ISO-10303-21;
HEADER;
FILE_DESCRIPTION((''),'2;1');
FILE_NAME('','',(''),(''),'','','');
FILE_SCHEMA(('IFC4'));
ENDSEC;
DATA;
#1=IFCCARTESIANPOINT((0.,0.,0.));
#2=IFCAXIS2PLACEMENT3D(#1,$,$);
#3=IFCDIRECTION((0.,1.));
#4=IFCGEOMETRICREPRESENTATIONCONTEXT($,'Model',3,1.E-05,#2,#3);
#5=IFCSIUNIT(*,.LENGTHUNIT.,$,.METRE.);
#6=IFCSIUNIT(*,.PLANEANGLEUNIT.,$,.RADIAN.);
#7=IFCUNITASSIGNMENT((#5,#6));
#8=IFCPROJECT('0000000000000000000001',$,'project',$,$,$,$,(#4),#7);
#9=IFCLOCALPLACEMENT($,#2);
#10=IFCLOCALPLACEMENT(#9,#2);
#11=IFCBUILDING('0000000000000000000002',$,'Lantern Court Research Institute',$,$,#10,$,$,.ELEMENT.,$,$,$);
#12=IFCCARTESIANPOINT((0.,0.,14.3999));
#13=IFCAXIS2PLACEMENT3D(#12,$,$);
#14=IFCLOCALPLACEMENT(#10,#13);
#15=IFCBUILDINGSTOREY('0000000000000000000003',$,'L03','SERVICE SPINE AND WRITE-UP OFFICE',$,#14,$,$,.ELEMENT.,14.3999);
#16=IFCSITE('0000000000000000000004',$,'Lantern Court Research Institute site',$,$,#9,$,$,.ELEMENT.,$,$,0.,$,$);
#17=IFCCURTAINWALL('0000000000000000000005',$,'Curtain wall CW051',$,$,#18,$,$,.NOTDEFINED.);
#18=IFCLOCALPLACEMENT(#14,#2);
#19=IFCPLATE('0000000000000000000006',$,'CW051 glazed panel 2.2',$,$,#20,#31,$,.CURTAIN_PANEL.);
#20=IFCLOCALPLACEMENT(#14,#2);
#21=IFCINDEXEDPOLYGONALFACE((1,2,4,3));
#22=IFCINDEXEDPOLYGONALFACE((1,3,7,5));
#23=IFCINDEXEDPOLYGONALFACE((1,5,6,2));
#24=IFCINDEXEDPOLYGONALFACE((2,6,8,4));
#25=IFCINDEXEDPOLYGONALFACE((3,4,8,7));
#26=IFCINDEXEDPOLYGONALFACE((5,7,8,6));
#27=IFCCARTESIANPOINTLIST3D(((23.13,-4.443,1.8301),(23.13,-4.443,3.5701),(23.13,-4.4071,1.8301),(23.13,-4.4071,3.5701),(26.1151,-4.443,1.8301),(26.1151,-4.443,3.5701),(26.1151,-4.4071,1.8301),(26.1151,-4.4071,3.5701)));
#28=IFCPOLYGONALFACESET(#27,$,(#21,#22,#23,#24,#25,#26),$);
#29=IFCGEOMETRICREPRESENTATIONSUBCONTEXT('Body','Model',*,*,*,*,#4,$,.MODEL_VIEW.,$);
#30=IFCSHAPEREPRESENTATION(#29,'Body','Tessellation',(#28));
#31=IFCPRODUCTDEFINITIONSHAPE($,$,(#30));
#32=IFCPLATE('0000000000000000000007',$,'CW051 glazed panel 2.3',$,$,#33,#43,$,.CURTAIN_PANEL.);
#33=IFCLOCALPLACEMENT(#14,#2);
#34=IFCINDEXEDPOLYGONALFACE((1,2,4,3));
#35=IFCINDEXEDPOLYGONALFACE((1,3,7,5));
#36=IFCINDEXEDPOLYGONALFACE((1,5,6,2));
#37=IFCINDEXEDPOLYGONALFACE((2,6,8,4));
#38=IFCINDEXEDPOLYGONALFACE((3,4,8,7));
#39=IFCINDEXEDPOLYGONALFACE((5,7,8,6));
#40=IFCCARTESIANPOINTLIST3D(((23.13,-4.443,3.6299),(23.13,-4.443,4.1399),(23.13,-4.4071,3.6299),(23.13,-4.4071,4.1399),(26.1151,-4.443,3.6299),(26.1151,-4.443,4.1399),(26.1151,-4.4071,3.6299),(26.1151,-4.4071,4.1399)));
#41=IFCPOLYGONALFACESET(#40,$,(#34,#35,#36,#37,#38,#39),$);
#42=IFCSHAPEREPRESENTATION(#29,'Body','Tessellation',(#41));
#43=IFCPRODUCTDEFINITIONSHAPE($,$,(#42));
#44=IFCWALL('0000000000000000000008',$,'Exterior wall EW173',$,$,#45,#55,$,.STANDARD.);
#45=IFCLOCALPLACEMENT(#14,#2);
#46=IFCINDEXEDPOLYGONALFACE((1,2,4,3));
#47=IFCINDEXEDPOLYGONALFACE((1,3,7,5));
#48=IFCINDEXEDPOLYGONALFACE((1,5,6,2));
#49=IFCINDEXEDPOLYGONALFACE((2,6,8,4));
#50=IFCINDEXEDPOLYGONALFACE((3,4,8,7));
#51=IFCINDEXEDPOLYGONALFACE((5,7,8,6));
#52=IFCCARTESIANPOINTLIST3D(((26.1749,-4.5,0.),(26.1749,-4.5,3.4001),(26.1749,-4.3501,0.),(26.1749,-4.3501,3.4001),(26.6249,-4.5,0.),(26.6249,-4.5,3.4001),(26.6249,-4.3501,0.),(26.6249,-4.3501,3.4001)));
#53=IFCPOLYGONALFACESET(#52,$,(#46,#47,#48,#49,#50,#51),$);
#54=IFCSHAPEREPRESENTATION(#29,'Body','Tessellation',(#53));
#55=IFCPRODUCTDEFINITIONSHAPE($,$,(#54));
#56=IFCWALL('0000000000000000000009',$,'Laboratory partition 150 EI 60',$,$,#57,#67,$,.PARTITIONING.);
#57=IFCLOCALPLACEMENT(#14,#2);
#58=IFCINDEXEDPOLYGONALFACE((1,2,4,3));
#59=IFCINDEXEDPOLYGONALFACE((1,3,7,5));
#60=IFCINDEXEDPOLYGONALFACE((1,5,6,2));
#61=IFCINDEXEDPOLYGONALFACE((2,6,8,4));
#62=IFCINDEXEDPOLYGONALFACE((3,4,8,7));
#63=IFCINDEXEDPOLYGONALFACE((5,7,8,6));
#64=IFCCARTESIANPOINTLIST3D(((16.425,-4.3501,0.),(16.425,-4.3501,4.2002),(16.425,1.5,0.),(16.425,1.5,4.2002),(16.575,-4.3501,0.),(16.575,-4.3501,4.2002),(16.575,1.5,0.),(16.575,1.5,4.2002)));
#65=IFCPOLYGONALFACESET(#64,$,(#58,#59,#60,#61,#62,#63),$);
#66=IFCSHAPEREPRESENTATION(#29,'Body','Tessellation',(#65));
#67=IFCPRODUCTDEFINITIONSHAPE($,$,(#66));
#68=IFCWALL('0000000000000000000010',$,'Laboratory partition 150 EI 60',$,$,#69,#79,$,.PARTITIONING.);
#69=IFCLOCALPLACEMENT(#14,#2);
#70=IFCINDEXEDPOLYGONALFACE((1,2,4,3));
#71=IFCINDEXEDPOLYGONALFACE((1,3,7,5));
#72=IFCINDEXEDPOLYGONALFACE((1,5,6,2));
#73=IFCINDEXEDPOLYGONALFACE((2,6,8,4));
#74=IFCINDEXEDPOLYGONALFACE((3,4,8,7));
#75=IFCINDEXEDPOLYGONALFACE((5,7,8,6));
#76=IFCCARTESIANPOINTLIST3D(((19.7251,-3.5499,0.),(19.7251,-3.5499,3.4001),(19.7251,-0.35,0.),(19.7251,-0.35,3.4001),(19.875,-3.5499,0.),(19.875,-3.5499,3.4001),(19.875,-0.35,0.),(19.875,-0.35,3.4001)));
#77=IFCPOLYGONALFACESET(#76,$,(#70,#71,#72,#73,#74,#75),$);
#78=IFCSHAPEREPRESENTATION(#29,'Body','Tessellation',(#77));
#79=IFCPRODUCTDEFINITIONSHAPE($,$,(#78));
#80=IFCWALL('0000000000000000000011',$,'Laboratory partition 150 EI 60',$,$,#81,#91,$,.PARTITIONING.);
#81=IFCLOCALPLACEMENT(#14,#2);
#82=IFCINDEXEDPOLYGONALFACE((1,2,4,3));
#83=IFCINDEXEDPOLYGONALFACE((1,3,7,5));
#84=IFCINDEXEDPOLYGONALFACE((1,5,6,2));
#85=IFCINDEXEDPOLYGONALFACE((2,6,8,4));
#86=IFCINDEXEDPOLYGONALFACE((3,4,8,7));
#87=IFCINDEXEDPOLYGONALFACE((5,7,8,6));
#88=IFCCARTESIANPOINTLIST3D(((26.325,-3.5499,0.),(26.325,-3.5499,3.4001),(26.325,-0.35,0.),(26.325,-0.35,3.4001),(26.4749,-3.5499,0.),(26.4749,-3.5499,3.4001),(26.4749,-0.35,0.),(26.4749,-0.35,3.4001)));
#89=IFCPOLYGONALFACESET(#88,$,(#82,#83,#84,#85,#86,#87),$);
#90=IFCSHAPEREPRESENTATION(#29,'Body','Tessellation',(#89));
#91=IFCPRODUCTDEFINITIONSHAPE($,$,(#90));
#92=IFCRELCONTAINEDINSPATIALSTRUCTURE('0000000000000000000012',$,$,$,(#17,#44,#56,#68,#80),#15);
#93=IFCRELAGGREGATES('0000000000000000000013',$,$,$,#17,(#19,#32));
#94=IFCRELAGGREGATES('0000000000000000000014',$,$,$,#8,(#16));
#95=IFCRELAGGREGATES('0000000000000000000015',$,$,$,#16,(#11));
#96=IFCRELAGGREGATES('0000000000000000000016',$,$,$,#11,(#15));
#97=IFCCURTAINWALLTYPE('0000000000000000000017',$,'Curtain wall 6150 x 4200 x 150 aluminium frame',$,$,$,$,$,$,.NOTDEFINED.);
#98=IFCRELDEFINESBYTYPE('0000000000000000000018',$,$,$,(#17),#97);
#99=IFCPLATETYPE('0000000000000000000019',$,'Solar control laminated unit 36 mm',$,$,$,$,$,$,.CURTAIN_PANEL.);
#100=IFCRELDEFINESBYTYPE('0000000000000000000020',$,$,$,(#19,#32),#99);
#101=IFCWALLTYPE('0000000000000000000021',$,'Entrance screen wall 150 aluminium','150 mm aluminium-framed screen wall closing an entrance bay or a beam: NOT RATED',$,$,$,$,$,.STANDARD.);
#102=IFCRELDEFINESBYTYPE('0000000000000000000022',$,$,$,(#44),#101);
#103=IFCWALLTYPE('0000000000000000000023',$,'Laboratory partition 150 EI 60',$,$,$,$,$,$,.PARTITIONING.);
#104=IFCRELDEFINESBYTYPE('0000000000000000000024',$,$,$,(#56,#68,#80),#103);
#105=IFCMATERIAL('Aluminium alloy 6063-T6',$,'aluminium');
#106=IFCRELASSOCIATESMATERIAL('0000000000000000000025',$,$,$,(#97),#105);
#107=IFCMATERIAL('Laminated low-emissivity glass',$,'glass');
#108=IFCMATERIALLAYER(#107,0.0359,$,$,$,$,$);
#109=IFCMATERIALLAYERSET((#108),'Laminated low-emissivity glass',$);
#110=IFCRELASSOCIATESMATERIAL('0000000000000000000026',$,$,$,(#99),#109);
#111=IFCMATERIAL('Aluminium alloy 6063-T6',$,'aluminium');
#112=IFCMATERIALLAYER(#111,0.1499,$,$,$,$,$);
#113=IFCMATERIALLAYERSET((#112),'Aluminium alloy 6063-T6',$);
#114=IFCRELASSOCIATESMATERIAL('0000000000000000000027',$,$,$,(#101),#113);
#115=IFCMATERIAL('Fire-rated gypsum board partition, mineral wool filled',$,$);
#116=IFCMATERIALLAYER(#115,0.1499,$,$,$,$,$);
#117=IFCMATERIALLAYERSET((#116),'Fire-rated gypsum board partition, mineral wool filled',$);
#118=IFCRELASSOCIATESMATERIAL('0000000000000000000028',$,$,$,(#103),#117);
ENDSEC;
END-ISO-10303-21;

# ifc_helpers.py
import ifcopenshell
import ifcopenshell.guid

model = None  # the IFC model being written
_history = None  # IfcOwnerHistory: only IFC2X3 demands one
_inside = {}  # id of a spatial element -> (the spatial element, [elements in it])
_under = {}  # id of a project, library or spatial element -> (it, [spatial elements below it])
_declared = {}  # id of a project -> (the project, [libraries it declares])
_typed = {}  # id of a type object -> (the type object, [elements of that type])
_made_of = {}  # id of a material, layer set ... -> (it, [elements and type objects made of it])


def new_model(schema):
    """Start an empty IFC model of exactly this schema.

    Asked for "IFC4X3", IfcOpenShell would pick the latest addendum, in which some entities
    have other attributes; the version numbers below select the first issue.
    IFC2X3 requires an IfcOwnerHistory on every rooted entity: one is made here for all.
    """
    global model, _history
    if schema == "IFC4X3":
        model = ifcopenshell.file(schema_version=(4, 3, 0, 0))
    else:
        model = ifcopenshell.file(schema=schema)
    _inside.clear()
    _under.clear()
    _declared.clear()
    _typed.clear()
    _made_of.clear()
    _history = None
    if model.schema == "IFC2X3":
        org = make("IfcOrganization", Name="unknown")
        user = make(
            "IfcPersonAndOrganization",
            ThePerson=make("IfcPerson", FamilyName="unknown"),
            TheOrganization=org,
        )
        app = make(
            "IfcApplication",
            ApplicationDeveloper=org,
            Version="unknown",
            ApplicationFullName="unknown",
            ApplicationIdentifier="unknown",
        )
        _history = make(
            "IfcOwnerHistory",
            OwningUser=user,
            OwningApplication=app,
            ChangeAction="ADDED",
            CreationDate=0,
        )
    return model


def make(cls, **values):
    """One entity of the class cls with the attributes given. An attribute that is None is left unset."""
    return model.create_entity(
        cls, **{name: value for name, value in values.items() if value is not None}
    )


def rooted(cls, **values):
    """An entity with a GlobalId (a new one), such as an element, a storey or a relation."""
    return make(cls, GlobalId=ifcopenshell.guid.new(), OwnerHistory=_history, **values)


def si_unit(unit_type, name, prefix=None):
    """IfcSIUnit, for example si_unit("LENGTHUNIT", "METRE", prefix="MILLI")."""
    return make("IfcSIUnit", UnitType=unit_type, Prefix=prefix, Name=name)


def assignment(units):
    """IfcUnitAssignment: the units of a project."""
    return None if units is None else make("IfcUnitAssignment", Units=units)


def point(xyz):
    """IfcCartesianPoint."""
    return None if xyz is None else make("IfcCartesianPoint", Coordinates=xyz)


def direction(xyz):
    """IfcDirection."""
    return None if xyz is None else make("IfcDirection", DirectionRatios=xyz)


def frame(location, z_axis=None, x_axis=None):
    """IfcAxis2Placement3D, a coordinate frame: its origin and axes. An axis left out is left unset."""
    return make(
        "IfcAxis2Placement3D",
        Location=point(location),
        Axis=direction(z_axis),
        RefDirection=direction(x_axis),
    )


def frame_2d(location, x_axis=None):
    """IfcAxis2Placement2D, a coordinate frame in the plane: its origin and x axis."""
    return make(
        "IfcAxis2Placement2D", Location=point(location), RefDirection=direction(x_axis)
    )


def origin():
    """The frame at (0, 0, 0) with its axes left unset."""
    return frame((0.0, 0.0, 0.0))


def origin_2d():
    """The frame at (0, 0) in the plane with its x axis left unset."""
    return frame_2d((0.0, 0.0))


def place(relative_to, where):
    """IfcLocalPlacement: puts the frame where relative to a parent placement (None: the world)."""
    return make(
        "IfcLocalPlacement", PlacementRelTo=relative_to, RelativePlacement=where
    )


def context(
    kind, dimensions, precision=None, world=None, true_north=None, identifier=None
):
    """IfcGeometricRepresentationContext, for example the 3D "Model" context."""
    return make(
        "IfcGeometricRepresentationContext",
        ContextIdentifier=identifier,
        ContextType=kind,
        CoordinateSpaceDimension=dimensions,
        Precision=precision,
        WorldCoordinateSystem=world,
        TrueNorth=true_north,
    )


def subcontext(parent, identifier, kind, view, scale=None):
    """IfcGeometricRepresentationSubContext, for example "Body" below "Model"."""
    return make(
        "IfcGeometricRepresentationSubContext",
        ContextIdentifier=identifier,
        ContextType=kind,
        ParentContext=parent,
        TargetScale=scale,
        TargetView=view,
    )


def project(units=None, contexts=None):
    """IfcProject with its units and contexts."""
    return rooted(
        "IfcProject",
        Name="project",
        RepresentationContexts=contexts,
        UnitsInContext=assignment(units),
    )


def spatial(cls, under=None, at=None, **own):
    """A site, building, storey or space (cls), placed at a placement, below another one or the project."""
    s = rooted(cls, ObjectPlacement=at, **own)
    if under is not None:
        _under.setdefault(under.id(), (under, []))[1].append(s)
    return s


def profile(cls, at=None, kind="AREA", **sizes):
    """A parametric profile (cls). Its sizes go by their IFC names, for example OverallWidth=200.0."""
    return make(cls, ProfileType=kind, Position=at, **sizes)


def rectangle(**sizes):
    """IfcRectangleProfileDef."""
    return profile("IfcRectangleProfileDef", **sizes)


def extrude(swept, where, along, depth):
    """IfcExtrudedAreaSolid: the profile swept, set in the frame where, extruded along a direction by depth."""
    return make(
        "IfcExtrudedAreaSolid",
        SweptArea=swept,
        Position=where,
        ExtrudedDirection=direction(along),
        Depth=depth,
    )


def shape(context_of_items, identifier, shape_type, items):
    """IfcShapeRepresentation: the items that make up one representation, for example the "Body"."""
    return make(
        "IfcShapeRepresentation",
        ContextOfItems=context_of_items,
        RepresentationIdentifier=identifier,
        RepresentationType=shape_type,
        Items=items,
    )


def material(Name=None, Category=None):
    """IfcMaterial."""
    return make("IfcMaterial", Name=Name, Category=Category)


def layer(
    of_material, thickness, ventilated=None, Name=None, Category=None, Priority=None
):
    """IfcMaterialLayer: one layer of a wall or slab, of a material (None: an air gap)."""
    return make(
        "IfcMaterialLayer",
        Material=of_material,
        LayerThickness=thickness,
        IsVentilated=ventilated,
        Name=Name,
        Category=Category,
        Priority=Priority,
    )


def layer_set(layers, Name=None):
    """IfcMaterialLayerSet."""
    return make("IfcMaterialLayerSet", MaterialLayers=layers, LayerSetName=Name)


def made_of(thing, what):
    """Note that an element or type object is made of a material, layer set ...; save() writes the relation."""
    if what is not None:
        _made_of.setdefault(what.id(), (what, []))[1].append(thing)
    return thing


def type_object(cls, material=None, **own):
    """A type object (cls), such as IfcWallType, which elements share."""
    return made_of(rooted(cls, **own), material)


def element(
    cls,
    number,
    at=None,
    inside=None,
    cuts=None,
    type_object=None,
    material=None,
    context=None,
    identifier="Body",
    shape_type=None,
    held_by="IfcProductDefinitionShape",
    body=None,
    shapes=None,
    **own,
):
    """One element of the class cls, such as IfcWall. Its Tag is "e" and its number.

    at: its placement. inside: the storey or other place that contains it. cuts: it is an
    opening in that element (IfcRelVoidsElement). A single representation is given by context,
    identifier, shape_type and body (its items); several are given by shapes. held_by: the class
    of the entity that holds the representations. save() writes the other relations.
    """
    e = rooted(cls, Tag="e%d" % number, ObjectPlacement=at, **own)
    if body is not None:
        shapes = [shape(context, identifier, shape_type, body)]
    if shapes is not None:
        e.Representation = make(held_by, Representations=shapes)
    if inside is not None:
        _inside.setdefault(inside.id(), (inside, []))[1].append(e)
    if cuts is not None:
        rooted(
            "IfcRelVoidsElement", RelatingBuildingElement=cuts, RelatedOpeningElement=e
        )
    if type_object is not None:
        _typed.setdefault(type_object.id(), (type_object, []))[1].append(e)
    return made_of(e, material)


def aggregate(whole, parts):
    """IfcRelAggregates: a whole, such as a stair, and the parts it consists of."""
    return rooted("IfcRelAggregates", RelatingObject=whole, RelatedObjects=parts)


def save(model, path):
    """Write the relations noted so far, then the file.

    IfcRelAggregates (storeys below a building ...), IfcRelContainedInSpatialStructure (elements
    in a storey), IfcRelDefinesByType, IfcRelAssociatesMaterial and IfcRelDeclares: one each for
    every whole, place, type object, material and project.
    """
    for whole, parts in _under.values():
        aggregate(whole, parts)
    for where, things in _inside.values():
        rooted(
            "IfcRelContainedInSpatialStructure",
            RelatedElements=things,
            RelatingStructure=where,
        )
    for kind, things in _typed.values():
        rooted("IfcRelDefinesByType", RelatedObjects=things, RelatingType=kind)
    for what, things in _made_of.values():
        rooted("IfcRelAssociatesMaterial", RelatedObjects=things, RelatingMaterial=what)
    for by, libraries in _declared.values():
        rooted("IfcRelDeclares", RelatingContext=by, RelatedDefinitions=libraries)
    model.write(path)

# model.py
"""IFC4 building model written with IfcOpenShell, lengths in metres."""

from ifc_helpers import new_model, si_unit, direction, frame, frame_2d, origin, origin_2d, place, context, subcontext, project, spatial, rectangle, extrude, material, layer, layer_set, type_object, element, aggregate, save


model = new_model("IFC4")

# Units and contexts
model_context = context("Model", 3, precision=1e-05, world=origin(), true_north=direction((0.0, 1.0)))
body_context = subcontext(model_context, "Body", "Model", "MODEL_VIEW")
ifc_project = project(units=[si_unit("LENGTHUNIT", "METRE"), si_unit("PLANEANGLEUNIT", "RADIAN")], contexts=[model_context])

# Site, building, storey
site_placement = place(None, origin())
site = spatial("IfcSite", under=ifc_project, at=site_placement, Name="Lantern Court Research Institute site", CompositionType="ELEMENT", RefElevation=0.0)
building_placement = place(site_placement, origin())
building = spatial("IfcBuilding", under=site, at=building_placement, Name="Lantern Court Research Institute", CompositionType="ELEMENT")
storey_placement = place(building_placement, frame((0.0, 0.0, 14.3999)))
storey = spatial("IfcBuildingStorey", under=building, at=storey_placement, Name="L03", Description="SERVICE SPINE AND WRITE-UP OFFICE", CompositionType="ELEMENT", Elevation=14.3999)

# Curtain wall
ifc_material_1 = material(Name="Aluminium alloy 6063-T6", Category="aluminium")
curtain_wall_type = type_object("IfcCurtainWallType", Name="Curtain wall 6150 x 4200 x 150 aluminium frame", PredefinedType="NOTDEFINED", material=ifc_material_1)
curtain_wall_1_placement = place(storey_placement, origin())
curtain_wall_1 = element("IfcCurtainWall", 1, at=curtain_wall_1_placement, inside=storey, type_object=curtain_wall_type, Name="Curtain wall CW051", PredefinedType="NOTDEFINED")

# Plates
ifc_material_2 = material(Name="Laminated low-emissivity glass", Category="glass")
ifc_layer_1 = layer(ifc_material_2, 0.0359)
ifc_layer_set_1 = layer_set([ifc_layer_1], Name="Laminated low-emissivity glass")
plate_type = type_object("IfcPlateType", Name="Solar control laminated unit 36 mm", PredefinedType="CURTAIN_PANEL", material=ifc_layer_set_1)
plate_1_placement = place(storey_placement, frame((24.6226, -4.425, 1.8301), z_axis=(0.0, 0.0, 1.0), x_axis=(-1.0, 0.0, 0.0)))
plate_1 = element("IfcPlate", 2, at=plate_1_placement, type_object=plate_type, Name="CW051 glazed panel 2.2", PredefinedType="CURTAIN_PANEL", context=body_context, shape_type="SweptSolid", body=[
    extrude(rectangle(XDim=2.9851, YDim=0.0359, at=origin_2d()), origin(), (0.0, 0.0, 1.0), 1.74),
])
plate_2_placement = place(storey_placement, frame((24.6226, -4.425, 3.6299), z_axis=(0.0, 0.0, 1.0), x_axis=(-1.0, 0.0, 0.0)))
plate_2 = element("IfcPlate", 3, at=plate_2_placement, type_object=plate_type, Name="CW051 glazed panel 2.3", PredefinedType="CURTAIN_PANEL", context=body_context, shape_type="SweptSolid", body=[
    extrude(rectangle(XDim=2.9851, YDim=0.0359, at=origin_2d()), origin(), (0.0, 0.0, 1.0), 0.51),
])
aggregate(curtain_wall_1, [plate_1, plate_2])

# Walls
ifc_material_3 = material(Name="Aluminium alloy 6063-T6", Category="aluminium")
ifc_layer_2 = layer(ifc_material_3, 0.1499)
ifc_layer_set_2 = layer_set([ifc_layer_2], Name="Aluminium alloy 6063-T6")
wall_type_1 = type_object("IfcWallType", Name="Entrance screen wall 150 aluminium", Description="150 mm aluminium-framed screen wall closing an entrance bay or a beam: NOT RATED", PredefinedType="STANDARD", material=ifc_layer_set_2)
wall_1_placement = place(storey_placement, frame((26.625, -4.425, 0.0), z_axis=(0.0, 0.0, 1.0), x_axis=(-1.0, 0.0, 0.0)))
element("IfcWall", 4, at=wall_1_placement, inside=storey, type_object=wall_type_1, Name="Exterior wall EW173", PredefinedType="STANDARD", context=body_context, shape_type="SweptSolid", body=[
    extrude(rectangle(XDim=0.45, YDim=0.1499, at=frame_2d((0.2251, 0.0))), origin(), (0.0, 0.0, 1.0), 3.4001),
])
ifc_material_4 = material(Name="Fire-rated gypsum board partition, mineral wool filled")
ifc_layer_3 = layer(ifc_material_4, 0.1499)
ifc_layer_set_3 = layer_set([ifc_layer_3], Name="Fire-rated gypsum board partition, mineral wool filled")
wall_type_2 = type_object("IfcWallType", Name="Laboratory partition 150 EI 60", PredefinedType="PARTITIONING", material=ifc_layer_set_3)
wall_2_placement = place(storey_placement, frame((16.5, -4.3501, 0.0), z_axis=(0.0, 0.0, 1.0), x_axis=(0.0, 1.0, 0.0)))
element("IfcWall", 5, at=wall_2_placement, inside=storey, type_object=wall_type_2, Name="Laboratory partition 150 EI 60", PredefinedType="PARTITIONING", context=body_context, shape_type="SweptSolid", body=[
    extrude(rectangle(XDim=5.8501, YDim=0.1499, at=frame_2d((2.925, 0.0))), origin(), (0.0, 0.0, 1.0), 4.2002),
])
for number, where, z_axis, x_axis, name in (
    (6, (19.8, -3.55, 0.0), (0.0, 0.0, 1.0), (0.0, 1.0, 0.0), "Laboratory partition 150 EI 60"),
    (7, (26.3999, -3.55, 0.0), (0.0, 0.0, 1.0), (0.0, 1.0, 0.0), "Laboratory partition 150 EI 60"),
):
    element("IfcWall", number, at=place(storey_placement, frame(where, z_axis=z_axis, x_axis=x_axis)), inside=storey, type_object=wall_type_2, Name=name, PredefinedType="PARTITIONING", context=body_context, shape_type="SweptSolid", body=[
        extrude(rectangle(XDim=3.2, YDim=0.1499, at=frame_2d((1.6001, 0.0))), origin(), (0.0, 0.0, 1.0), 3.4001),
    ])

save(model, "model.ifc")
